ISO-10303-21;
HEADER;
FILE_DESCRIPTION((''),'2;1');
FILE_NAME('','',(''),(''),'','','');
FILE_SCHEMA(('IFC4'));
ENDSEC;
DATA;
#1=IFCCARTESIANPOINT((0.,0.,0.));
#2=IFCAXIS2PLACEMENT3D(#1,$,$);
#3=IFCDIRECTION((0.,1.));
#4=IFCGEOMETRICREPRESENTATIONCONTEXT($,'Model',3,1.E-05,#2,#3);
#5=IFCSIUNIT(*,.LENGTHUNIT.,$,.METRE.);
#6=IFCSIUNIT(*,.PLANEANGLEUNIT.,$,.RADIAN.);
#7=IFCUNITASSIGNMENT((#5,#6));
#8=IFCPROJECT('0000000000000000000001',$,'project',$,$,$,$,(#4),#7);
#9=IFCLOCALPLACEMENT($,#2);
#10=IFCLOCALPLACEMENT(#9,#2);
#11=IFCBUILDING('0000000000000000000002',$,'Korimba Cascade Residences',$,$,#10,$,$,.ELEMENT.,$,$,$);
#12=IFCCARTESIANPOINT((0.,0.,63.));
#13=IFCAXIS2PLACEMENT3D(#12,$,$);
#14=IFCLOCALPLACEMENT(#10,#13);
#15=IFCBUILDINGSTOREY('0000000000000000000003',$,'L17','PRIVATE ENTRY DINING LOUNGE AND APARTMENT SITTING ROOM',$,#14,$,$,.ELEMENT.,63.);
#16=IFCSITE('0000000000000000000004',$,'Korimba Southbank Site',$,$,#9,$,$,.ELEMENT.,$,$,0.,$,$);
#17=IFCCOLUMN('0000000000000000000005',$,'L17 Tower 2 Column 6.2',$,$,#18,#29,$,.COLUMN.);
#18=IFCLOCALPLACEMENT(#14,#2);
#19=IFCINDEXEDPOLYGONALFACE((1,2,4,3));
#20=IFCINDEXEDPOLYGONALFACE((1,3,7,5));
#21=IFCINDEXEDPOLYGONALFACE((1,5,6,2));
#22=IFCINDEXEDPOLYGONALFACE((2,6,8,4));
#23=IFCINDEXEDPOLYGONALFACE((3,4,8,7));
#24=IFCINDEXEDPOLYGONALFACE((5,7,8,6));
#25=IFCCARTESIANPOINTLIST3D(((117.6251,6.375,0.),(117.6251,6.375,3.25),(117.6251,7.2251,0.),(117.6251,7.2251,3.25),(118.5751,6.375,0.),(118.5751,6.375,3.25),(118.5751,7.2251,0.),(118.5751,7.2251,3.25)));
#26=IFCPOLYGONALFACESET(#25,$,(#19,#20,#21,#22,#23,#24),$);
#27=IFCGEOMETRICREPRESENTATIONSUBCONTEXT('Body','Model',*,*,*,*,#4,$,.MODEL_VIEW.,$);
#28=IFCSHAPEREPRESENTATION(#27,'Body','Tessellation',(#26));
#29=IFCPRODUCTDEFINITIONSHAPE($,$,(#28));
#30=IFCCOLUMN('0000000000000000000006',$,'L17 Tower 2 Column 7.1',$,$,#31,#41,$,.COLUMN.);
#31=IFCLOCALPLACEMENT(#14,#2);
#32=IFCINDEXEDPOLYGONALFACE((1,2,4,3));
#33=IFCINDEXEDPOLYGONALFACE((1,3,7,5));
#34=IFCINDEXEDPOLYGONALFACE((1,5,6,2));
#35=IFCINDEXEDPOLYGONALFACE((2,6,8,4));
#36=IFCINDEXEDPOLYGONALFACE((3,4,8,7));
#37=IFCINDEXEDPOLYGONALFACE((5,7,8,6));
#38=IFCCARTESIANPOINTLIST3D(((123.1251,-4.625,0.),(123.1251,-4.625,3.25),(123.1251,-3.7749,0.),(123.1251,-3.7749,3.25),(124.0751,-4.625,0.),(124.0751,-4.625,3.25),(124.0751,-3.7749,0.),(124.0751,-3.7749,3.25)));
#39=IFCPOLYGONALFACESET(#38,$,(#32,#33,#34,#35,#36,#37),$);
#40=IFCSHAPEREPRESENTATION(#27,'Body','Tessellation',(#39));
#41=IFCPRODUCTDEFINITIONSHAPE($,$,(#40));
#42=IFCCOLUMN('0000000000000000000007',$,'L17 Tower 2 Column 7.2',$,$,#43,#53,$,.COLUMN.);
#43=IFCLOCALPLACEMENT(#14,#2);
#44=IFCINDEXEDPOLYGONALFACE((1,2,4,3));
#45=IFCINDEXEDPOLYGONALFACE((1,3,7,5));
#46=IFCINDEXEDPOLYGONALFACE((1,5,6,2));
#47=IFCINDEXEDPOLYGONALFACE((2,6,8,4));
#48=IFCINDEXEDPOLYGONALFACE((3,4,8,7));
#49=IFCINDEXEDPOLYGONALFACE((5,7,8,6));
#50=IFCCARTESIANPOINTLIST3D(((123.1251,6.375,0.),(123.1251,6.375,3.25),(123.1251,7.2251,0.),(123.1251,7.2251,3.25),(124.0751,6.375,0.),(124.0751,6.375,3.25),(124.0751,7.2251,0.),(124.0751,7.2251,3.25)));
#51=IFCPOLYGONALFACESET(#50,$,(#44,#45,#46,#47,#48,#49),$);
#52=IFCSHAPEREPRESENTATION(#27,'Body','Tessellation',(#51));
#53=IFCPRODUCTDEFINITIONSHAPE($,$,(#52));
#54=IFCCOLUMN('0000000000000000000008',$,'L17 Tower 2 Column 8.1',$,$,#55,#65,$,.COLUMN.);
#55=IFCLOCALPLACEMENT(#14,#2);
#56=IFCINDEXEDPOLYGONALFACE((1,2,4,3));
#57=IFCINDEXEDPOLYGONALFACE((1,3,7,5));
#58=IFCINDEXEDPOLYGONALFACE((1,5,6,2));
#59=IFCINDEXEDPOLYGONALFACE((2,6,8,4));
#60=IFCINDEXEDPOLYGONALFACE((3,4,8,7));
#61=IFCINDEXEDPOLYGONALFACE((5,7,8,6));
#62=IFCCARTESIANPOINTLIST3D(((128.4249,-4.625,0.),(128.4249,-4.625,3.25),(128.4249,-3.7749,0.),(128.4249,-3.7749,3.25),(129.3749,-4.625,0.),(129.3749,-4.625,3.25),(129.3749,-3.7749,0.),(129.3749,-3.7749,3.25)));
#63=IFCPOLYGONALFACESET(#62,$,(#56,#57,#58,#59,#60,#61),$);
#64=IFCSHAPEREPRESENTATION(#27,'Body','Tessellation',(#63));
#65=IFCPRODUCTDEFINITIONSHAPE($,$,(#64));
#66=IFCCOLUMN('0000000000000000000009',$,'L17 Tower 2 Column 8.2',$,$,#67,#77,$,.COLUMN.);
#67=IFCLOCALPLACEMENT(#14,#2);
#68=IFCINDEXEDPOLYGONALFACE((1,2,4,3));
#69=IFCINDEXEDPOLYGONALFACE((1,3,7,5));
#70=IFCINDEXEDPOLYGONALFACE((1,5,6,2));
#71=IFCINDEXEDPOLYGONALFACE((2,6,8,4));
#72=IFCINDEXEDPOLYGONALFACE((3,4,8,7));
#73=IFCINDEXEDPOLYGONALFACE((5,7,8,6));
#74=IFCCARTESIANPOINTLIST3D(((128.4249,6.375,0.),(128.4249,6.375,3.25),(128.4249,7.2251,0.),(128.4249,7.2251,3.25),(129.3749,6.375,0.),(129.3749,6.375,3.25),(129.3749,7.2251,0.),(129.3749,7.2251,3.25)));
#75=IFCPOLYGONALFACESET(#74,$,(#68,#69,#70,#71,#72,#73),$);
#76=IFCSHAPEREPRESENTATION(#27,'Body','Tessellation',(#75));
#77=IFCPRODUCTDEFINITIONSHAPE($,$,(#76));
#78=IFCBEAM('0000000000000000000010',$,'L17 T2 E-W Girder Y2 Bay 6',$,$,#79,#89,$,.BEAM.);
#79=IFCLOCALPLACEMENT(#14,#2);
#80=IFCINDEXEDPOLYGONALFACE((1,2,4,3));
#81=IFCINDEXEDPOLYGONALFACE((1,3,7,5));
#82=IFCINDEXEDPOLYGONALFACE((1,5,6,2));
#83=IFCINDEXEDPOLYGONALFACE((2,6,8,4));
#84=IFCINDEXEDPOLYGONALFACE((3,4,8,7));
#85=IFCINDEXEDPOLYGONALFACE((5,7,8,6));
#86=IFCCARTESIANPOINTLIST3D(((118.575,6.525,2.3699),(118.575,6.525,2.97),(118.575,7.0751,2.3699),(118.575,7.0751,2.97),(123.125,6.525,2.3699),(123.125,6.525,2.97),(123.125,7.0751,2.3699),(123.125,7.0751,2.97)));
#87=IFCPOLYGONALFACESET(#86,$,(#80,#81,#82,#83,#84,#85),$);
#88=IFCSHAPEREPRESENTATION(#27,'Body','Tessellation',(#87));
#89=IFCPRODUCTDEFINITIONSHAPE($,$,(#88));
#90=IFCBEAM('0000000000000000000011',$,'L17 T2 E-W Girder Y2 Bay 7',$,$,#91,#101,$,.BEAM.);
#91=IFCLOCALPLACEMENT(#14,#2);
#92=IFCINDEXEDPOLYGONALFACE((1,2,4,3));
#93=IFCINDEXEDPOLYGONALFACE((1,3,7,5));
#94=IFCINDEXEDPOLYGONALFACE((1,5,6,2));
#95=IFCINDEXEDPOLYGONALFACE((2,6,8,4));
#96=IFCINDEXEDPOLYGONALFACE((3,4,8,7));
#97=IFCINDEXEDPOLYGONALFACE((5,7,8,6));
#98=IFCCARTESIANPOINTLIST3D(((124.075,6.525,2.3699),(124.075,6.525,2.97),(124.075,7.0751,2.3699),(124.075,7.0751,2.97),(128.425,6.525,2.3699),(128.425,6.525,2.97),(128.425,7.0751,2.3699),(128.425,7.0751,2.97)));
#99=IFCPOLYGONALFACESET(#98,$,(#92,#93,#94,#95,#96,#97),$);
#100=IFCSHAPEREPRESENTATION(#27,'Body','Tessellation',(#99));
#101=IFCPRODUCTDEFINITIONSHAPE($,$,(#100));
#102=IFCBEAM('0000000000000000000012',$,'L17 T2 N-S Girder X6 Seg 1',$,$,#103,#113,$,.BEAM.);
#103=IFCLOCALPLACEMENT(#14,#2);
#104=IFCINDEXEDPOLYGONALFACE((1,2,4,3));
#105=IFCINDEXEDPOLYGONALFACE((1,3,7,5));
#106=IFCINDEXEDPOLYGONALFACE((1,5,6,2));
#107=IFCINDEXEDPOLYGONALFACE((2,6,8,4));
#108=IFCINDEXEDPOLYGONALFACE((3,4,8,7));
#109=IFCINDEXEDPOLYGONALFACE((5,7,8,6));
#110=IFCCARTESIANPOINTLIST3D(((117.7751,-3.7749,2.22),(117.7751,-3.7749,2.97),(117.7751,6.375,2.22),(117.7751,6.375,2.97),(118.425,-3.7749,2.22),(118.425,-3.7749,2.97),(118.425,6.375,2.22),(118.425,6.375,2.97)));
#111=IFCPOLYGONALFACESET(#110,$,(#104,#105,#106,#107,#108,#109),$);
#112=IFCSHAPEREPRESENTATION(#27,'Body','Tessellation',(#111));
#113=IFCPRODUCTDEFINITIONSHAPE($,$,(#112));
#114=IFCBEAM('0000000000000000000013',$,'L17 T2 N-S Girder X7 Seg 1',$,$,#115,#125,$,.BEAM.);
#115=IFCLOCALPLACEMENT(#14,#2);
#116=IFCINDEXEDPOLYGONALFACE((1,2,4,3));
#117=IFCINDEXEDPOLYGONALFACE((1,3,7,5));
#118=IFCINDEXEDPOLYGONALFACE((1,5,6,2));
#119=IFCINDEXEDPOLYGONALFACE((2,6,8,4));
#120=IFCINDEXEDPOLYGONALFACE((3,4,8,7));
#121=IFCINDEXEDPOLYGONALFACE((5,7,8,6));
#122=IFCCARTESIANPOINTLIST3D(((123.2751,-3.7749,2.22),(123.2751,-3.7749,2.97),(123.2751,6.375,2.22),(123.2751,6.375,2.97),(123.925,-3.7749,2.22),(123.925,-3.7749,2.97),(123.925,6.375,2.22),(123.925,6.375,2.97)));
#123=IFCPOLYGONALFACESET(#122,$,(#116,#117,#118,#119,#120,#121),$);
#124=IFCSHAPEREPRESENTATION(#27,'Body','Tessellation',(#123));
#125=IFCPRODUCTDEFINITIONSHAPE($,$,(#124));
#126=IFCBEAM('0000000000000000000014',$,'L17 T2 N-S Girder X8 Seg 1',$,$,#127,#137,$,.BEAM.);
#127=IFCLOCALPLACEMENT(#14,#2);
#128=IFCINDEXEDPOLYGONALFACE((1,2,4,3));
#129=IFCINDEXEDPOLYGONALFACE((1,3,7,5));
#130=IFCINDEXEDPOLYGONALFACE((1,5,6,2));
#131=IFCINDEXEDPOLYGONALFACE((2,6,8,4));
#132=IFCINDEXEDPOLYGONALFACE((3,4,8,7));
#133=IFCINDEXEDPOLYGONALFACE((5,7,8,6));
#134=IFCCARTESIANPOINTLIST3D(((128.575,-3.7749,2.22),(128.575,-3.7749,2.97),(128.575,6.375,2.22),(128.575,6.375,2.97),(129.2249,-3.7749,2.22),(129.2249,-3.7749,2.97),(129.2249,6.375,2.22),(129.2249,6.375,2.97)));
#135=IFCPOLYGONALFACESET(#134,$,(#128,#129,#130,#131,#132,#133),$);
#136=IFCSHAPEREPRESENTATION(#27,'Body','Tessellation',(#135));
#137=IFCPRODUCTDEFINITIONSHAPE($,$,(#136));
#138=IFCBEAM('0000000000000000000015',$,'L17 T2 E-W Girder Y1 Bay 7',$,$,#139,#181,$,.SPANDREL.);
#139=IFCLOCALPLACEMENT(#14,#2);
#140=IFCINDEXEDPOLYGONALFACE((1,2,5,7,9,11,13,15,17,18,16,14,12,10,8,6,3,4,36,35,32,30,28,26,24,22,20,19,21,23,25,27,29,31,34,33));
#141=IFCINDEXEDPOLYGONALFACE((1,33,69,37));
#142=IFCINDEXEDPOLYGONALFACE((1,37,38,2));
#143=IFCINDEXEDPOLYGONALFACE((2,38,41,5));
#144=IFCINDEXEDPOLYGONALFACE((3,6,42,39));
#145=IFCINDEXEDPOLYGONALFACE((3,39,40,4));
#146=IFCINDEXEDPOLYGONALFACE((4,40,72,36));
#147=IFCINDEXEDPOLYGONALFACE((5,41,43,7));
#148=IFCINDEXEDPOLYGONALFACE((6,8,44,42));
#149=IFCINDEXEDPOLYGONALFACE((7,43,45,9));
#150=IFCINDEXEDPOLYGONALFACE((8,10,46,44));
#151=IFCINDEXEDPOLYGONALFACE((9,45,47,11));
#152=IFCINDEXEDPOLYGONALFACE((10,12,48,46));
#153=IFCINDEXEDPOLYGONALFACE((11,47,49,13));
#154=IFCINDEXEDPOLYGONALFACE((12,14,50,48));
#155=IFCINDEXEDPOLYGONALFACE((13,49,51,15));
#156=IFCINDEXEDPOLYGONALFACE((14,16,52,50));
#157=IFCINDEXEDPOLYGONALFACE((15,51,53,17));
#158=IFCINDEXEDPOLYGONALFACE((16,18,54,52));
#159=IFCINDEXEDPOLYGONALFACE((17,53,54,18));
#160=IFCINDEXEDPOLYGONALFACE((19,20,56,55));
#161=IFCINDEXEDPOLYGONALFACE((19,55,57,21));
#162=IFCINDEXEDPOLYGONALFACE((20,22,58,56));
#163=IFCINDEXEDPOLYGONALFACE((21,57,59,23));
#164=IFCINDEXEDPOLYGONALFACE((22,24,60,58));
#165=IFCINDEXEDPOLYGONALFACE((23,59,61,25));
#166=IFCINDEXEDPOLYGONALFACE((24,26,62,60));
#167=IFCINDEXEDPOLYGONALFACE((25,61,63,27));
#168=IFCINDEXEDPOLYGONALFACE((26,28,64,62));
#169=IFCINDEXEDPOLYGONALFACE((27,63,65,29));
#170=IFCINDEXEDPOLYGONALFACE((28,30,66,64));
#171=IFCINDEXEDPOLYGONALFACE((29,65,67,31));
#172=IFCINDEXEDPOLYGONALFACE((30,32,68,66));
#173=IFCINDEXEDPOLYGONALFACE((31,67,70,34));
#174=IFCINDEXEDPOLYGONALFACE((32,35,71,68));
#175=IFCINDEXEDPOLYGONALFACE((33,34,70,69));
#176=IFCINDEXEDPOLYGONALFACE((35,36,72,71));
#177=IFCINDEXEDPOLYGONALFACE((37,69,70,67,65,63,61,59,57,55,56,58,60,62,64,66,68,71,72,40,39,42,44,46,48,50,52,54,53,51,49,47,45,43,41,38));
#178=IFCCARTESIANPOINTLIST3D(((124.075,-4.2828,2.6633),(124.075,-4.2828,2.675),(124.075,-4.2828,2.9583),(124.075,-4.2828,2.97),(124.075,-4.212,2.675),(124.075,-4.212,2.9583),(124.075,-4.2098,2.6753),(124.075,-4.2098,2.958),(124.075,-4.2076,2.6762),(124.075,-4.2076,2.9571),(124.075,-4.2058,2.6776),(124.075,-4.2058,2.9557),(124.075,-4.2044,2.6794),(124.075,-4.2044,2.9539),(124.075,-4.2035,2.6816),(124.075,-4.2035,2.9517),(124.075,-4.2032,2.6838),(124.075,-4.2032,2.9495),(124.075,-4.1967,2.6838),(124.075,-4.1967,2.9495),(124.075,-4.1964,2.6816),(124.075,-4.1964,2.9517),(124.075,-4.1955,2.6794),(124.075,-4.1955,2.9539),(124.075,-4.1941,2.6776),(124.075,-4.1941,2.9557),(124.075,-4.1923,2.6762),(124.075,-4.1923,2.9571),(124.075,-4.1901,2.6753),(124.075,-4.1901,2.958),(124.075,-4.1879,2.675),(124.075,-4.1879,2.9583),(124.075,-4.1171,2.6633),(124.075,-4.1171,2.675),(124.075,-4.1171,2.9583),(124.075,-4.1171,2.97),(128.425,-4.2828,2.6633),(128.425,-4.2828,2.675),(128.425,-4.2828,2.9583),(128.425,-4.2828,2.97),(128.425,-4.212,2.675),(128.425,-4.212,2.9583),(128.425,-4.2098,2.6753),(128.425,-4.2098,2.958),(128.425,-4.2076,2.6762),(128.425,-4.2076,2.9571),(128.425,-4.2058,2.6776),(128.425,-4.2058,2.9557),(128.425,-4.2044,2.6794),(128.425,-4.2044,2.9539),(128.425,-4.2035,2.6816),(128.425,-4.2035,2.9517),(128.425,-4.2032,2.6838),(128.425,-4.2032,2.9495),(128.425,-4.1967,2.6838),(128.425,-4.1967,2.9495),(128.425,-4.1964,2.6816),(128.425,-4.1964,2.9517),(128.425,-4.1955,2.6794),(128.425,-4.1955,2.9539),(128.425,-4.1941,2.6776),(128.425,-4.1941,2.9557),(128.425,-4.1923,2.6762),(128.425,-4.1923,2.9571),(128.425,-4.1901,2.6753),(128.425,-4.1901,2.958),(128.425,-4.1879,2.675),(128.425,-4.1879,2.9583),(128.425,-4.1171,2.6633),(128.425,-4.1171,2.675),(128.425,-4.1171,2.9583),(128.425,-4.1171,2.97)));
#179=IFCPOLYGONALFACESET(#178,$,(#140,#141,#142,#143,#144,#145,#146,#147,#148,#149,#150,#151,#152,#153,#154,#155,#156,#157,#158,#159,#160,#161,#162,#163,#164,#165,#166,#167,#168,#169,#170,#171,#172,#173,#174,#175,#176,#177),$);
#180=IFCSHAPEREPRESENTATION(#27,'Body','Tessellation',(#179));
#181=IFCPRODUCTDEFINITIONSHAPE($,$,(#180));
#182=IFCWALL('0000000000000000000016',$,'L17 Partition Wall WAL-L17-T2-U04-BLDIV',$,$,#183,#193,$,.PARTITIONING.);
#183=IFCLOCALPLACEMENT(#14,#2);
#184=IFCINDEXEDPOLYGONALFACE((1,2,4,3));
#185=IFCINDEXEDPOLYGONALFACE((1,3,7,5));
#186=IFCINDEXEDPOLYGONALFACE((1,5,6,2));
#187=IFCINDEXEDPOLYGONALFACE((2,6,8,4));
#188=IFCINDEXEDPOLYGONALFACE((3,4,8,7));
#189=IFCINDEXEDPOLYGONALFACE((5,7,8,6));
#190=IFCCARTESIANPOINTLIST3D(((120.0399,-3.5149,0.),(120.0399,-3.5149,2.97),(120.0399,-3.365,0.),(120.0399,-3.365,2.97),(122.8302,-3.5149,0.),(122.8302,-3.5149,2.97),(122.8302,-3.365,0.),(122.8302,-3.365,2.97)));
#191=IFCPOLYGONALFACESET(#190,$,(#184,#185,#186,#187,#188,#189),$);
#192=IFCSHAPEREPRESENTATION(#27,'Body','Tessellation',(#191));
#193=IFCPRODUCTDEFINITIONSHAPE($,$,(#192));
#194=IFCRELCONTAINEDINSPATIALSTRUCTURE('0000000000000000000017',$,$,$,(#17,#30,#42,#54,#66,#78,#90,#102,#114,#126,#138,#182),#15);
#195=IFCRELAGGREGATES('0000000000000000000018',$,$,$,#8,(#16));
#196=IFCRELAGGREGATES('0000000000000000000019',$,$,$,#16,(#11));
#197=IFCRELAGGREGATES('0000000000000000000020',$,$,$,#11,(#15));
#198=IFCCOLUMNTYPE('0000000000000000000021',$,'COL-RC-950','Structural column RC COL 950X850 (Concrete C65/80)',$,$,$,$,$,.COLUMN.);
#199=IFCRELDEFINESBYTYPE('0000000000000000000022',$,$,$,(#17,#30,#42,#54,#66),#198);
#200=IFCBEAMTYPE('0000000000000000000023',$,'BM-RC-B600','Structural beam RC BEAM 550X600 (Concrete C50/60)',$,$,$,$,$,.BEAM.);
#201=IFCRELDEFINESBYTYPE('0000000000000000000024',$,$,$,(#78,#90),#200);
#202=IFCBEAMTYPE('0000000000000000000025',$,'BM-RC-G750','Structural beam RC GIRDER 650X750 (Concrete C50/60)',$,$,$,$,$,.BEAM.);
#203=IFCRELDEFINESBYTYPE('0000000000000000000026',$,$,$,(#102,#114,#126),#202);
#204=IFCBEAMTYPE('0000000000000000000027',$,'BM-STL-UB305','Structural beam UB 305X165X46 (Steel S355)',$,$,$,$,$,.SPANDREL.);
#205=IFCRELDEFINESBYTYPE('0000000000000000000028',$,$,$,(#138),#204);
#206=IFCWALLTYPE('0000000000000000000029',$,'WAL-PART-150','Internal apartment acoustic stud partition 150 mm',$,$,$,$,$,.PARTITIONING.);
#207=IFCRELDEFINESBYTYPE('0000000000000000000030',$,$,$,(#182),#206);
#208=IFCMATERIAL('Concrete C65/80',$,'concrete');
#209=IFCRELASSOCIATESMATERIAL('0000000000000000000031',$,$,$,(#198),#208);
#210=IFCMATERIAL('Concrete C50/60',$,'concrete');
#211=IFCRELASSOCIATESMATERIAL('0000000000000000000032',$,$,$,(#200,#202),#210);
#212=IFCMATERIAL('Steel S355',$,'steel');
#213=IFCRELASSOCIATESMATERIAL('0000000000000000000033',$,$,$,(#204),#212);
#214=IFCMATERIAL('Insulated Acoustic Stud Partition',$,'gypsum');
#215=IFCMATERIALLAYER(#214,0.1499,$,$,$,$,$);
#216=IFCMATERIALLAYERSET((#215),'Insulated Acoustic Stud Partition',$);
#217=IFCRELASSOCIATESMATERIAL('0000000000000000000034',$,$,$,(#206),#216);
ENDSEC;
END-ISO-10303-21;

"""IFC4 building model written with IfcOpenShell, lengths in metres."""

from ifc_helpers import new_model, si_unit, direction, frame, frame_2d, origin, origin_2d, place, context, subcontext, project, spatial, rectangle, i_section, extrude, material, layer, layer_set, material_profile, profile_set, type_object, element, save


model = new_model("IFC4")

# Units and contexts
model_context = context("Model", 3, precision=1e-05, world=origin(), true_north=direction((0.0, 1.0)))
body_context = subcontext(model_context, "Body", "Model", "MODEL_VIEW")
ifc_project = project(units=[si_unit("LENGTHUNIT", "METRE"), si_unit("PLANEANGLEUNIT", "RADIAN")], contexts=[model_context])

# Site, building, storey
site_placement = place(None, origin())
site = spatial("IfcSite", under=ifc_project, at=site_placement, Name="Korimba Southbank Site", CompositionType="ELEMENT", RefElevation=0.0)
building_placement = place(site_placement, origin())
building = spatial("IfcBuilding", under=site, at=building_placement, Name="Korimba Cascade Residences", CompositionType="ELEMENT")
storey_placement = place(building_placement, frame((0.0, 0.0, 63.0)))
storey = spatial("IfcBuildingStorey", under=building, at=storey_placement, Name="L17", Description="PRIVATE ENTRY DINING LOUNGE AND APARTMENT SITTING ROOM", CompositionType="ELEMENT", Elevation=63.0)

# Columns
ifc_material_1 = material(Name="Concrete C65/80", Category="concrete")
ifc_material_profile_1 = material_profile(ifc_material_1, rectangle(XDim=0.95, YDim=0.8501, at=origin_2d()), Name="Concrete C65/80")
ifc_profile_set_1 = profile_set([ifc_material_profile_1], Name="Concrete C65/80")
column_type = type_object("IfcColumnType", Name="COL-RC-950", Description="Structural column RC COL 950X850 (Concrete C65/80)", PredefinedType="COLUMN", material=ifc_profile_set_1)
for number, where, z_axis, x_axis, name in (
    (1, (118.1001, 6.8, 0.0), (0.0, 0.0, 1.0), (1.0, 0.0, 0.0), "L17 Tower 2 Column 6.2"),
    (2, (123.6001, -4.2, 0.0), (0.0, 0.0, 1.0), (1.0, 0.0, 0.0), "L17 Tower 2 Column 7.1"),
    (3, (123.6001, 6.8, 0.0), (0.0, 0.0, 1.0), (1.0, 0.0, 0.0), "L17 Tower 2 Column 7.2"),
    (4, (128.8999, -4.2, 0.0), (0.0, 0.0, 1.0), (1.0, 0.0, 0.0), "L17 Tower 2 Column 8.1"),
    (5, (128.8999, 6.8, 0.0), (0.0, 0.0, 1.0), (1.0, 0.0, 0.0), "L17 Tower 2 Column 8.2"),
):
    element("IfcColumn", number, at=place(storey_placement, frame(where, z_axis=z_axis, x_axis=x_axis)), inside=storey, type_object=column_type, Name=name, PredefinedType="COLUMN", context=body_context, shape_type="SweptSolid", body=[
        extrude(rectangle(XDim=0.95, YDim=0.8501, at=origin_2d()), origin(), (0.0, 0.0, 1.0), 3.25),
    ])

# Beams
ifc_material_2 = material(Name="Concrete C50/60", Category="concrete")
ifc_material_profile_2 = material_profile(ifc_material_2, rectangle(XDim=0.55, YDim=0.6001, at=origin_2d()), Name="Concrete C50/60")
ifc_profile_set_2 = profile_set([ifc_material_profile_2], Name="Concrete C50/60")
beam_type_1 = type_object("IfcBeamType", Name="BM-RC-B600", Description="Structural beam RC BEAM 550X600 (Concrete C50/60)", PredefinedType="BEAM", material=ifc_profile_set_2)
beam_1_placement = place(storey_placement, frame((118.575, 6.8, 2.6699), z_axis=(1.0, 0.0, 0.0), x_axis=(0.0, 1.0, 0.0)))
element("IfcBeam", 6, at=beam_1_placement, inside=storey, type_object=beam_type_1, Name="L17 T2 E-W Girder Y2 Bay 6", PredefinedType="BEAM", context=body_context, shape_type="SweptSolid", body=[
    extrude(rectangle(XDim=0.55, YDim=0.6001, at=origin_2d()), origin(), (0.0, 0.0, 1.0), 4.55),
])
beam_2_placement = place(storey_placement, frame((124.075, 6.8, 2.6699), z_axis=(1.0, 0.0, 0.0), x_axis=(0.0, 1.0, 0.0)))
element("IfcBeam", 7, at=beam_2_placement, inside=storey, type_object=beam_type_1, Name="L17 T2 E-W Girder Y2 Bay 7", PredefinedType="BEAM", context=body_context, shape_type="SweptSolid", body=[
    extrude(rectangle(XDim=0.55, YDim=0.6001, at=origin_2d()), origin(), (0.0, 0.0, 1.0), 4.3501),
])
ifc_material_profile_3 = material_profile(ifc_material_2, rectangle(XDim=0.6499, YDim=0.75, at=origin_2d()), Name="Concrete C50/60")
ifc_profile_set_3 = profile_set([ifc_material_profile_3], Name="Concrete C50/60")
beam_type_2 = type_object("IfcBeamType", Name="BM-RC-G750", Description="Structural beam RC GIRDER 650X750 (Concrete C50/60)", PredefinedType="BEAM", material=ifc_profile_set_3)
for number, where, z_axis, x_axis, name in (
    (8, (118.1001, -3.7749, 2.595), (0.0, 1.0, 0.0), (-1.0, 0.0, 0.0), "L17 T2 N-S Girder X6 Seg 1"),
    (9, (123.6001, -3.7749, 2.595), (0.0, 1.0, 0.0), (-1.0, 0.0, 0.0), "L17 T2 N-S Girder X7 Seg 1"),
    (10, (128.8999, -3.7749, 2.595), (0.0, 1.0, 0.0), (-1.0, 0.0, 0.0), "L17 T2 N-S Girder X8 Seg 1"),
):
    element("IfcBeam", number, at=place(storey_placement, frame(where, z_axis=z_axis, x_axis=x_axis)), inside=storey, type_object=beam_type_2, Name=name, PredefinedType="BEAM", context=body_context, shape_type="SweptSolid", body=[
        extrude(rectangle(XDim=0.6499, YDim=0.75, at=origin_2d()), origin(), (0.0, 0.0, 1.0), 10.1499),
    ])
ifc_material_3 = material(Name="Steel S355", Category="steel")
ifc_material_profile_4 = material_profile(ifc_material_3, i_section(OverallWidth=0.1658, OverallDepth=0.3066, WebThickness=0.0066, FlangeThickness=0.0117, FilletRadius=0.0088, at=origin_2d()), Name="Steel S355")
ifc_profile_set_4 = profile_set([ifc_material_profile_4], Name="Steel S355")
beam_type_3 = type_object("IfcBeamType", Name="BM-STL-UB305", Description="Structural beam UB 305X165X46 (Steel S355)", PredefinedType="SPANDREL", material=ifc_profile_set_4)
beam_3_placement = place(storey_placement, frame((124.075, -4.2, 2.8167), z_axis=(1.0, 0.0, 0.0), x_axis=(0.0, 1.0, 0.0)))
element("IfcBeam", 11, at=beam_3_placement, inside=storey, type_object=beam_type_3, Name="L17 T2 E-W Girder Y1 Bay 7", PredefinedType="SPANDREL", context=body_context, shape_type="SweptSolid", body=[
    extrude(i_section(OverallWidth=0.1658, OverallDepth=0.3066, WebThickness=0.0066, FlangeThickness=0.0117, FilletRadius=0.0088, at=origin_2d()), origin(), (0.0, 0.0, 1.0), 4.3501),
])

# Wall
ifc_material_4 = material(Name="Insulated Acoustic Stud Partition", Category="gypsum")
ifc_layer = layer(ifc_material_4, 0.1499)
ifc_layer_set = layer_set([ifc_layer], Name="Insulated Acoustic Stud Partition")
wall_type = type_object("IfcWallType", Name="WAL-PART-150", Description="Internal apartment acoustic stud partition 150 mm", PredefinedType="PARTITIONING", material=ifc_layer_set)
wall_1_placement = place(storey_placement, frame((120.04, -3.4399, 0.0), z_axis=(0.0, 0.0, 1.0), x_axis=(1.0, 0.0, 0.0)))
element("IfcWall", 12, at=wall_1_placement, inside=storey, type_object=wall_type, Name="L17 Partition Wall WAL-L17-T2-U04-BLDIV", PredefinedType="PARTITIONING", context=body_context, shape_type="SweptSolid", body=[
    extrude(rectangle(XDim=2.7903, YDim=0.1499, at=frame_2d((1.395, 0.0))), origin(), (0.0, 0.0, 1.0), 2.97),
])

save(model, "model.ifc")
